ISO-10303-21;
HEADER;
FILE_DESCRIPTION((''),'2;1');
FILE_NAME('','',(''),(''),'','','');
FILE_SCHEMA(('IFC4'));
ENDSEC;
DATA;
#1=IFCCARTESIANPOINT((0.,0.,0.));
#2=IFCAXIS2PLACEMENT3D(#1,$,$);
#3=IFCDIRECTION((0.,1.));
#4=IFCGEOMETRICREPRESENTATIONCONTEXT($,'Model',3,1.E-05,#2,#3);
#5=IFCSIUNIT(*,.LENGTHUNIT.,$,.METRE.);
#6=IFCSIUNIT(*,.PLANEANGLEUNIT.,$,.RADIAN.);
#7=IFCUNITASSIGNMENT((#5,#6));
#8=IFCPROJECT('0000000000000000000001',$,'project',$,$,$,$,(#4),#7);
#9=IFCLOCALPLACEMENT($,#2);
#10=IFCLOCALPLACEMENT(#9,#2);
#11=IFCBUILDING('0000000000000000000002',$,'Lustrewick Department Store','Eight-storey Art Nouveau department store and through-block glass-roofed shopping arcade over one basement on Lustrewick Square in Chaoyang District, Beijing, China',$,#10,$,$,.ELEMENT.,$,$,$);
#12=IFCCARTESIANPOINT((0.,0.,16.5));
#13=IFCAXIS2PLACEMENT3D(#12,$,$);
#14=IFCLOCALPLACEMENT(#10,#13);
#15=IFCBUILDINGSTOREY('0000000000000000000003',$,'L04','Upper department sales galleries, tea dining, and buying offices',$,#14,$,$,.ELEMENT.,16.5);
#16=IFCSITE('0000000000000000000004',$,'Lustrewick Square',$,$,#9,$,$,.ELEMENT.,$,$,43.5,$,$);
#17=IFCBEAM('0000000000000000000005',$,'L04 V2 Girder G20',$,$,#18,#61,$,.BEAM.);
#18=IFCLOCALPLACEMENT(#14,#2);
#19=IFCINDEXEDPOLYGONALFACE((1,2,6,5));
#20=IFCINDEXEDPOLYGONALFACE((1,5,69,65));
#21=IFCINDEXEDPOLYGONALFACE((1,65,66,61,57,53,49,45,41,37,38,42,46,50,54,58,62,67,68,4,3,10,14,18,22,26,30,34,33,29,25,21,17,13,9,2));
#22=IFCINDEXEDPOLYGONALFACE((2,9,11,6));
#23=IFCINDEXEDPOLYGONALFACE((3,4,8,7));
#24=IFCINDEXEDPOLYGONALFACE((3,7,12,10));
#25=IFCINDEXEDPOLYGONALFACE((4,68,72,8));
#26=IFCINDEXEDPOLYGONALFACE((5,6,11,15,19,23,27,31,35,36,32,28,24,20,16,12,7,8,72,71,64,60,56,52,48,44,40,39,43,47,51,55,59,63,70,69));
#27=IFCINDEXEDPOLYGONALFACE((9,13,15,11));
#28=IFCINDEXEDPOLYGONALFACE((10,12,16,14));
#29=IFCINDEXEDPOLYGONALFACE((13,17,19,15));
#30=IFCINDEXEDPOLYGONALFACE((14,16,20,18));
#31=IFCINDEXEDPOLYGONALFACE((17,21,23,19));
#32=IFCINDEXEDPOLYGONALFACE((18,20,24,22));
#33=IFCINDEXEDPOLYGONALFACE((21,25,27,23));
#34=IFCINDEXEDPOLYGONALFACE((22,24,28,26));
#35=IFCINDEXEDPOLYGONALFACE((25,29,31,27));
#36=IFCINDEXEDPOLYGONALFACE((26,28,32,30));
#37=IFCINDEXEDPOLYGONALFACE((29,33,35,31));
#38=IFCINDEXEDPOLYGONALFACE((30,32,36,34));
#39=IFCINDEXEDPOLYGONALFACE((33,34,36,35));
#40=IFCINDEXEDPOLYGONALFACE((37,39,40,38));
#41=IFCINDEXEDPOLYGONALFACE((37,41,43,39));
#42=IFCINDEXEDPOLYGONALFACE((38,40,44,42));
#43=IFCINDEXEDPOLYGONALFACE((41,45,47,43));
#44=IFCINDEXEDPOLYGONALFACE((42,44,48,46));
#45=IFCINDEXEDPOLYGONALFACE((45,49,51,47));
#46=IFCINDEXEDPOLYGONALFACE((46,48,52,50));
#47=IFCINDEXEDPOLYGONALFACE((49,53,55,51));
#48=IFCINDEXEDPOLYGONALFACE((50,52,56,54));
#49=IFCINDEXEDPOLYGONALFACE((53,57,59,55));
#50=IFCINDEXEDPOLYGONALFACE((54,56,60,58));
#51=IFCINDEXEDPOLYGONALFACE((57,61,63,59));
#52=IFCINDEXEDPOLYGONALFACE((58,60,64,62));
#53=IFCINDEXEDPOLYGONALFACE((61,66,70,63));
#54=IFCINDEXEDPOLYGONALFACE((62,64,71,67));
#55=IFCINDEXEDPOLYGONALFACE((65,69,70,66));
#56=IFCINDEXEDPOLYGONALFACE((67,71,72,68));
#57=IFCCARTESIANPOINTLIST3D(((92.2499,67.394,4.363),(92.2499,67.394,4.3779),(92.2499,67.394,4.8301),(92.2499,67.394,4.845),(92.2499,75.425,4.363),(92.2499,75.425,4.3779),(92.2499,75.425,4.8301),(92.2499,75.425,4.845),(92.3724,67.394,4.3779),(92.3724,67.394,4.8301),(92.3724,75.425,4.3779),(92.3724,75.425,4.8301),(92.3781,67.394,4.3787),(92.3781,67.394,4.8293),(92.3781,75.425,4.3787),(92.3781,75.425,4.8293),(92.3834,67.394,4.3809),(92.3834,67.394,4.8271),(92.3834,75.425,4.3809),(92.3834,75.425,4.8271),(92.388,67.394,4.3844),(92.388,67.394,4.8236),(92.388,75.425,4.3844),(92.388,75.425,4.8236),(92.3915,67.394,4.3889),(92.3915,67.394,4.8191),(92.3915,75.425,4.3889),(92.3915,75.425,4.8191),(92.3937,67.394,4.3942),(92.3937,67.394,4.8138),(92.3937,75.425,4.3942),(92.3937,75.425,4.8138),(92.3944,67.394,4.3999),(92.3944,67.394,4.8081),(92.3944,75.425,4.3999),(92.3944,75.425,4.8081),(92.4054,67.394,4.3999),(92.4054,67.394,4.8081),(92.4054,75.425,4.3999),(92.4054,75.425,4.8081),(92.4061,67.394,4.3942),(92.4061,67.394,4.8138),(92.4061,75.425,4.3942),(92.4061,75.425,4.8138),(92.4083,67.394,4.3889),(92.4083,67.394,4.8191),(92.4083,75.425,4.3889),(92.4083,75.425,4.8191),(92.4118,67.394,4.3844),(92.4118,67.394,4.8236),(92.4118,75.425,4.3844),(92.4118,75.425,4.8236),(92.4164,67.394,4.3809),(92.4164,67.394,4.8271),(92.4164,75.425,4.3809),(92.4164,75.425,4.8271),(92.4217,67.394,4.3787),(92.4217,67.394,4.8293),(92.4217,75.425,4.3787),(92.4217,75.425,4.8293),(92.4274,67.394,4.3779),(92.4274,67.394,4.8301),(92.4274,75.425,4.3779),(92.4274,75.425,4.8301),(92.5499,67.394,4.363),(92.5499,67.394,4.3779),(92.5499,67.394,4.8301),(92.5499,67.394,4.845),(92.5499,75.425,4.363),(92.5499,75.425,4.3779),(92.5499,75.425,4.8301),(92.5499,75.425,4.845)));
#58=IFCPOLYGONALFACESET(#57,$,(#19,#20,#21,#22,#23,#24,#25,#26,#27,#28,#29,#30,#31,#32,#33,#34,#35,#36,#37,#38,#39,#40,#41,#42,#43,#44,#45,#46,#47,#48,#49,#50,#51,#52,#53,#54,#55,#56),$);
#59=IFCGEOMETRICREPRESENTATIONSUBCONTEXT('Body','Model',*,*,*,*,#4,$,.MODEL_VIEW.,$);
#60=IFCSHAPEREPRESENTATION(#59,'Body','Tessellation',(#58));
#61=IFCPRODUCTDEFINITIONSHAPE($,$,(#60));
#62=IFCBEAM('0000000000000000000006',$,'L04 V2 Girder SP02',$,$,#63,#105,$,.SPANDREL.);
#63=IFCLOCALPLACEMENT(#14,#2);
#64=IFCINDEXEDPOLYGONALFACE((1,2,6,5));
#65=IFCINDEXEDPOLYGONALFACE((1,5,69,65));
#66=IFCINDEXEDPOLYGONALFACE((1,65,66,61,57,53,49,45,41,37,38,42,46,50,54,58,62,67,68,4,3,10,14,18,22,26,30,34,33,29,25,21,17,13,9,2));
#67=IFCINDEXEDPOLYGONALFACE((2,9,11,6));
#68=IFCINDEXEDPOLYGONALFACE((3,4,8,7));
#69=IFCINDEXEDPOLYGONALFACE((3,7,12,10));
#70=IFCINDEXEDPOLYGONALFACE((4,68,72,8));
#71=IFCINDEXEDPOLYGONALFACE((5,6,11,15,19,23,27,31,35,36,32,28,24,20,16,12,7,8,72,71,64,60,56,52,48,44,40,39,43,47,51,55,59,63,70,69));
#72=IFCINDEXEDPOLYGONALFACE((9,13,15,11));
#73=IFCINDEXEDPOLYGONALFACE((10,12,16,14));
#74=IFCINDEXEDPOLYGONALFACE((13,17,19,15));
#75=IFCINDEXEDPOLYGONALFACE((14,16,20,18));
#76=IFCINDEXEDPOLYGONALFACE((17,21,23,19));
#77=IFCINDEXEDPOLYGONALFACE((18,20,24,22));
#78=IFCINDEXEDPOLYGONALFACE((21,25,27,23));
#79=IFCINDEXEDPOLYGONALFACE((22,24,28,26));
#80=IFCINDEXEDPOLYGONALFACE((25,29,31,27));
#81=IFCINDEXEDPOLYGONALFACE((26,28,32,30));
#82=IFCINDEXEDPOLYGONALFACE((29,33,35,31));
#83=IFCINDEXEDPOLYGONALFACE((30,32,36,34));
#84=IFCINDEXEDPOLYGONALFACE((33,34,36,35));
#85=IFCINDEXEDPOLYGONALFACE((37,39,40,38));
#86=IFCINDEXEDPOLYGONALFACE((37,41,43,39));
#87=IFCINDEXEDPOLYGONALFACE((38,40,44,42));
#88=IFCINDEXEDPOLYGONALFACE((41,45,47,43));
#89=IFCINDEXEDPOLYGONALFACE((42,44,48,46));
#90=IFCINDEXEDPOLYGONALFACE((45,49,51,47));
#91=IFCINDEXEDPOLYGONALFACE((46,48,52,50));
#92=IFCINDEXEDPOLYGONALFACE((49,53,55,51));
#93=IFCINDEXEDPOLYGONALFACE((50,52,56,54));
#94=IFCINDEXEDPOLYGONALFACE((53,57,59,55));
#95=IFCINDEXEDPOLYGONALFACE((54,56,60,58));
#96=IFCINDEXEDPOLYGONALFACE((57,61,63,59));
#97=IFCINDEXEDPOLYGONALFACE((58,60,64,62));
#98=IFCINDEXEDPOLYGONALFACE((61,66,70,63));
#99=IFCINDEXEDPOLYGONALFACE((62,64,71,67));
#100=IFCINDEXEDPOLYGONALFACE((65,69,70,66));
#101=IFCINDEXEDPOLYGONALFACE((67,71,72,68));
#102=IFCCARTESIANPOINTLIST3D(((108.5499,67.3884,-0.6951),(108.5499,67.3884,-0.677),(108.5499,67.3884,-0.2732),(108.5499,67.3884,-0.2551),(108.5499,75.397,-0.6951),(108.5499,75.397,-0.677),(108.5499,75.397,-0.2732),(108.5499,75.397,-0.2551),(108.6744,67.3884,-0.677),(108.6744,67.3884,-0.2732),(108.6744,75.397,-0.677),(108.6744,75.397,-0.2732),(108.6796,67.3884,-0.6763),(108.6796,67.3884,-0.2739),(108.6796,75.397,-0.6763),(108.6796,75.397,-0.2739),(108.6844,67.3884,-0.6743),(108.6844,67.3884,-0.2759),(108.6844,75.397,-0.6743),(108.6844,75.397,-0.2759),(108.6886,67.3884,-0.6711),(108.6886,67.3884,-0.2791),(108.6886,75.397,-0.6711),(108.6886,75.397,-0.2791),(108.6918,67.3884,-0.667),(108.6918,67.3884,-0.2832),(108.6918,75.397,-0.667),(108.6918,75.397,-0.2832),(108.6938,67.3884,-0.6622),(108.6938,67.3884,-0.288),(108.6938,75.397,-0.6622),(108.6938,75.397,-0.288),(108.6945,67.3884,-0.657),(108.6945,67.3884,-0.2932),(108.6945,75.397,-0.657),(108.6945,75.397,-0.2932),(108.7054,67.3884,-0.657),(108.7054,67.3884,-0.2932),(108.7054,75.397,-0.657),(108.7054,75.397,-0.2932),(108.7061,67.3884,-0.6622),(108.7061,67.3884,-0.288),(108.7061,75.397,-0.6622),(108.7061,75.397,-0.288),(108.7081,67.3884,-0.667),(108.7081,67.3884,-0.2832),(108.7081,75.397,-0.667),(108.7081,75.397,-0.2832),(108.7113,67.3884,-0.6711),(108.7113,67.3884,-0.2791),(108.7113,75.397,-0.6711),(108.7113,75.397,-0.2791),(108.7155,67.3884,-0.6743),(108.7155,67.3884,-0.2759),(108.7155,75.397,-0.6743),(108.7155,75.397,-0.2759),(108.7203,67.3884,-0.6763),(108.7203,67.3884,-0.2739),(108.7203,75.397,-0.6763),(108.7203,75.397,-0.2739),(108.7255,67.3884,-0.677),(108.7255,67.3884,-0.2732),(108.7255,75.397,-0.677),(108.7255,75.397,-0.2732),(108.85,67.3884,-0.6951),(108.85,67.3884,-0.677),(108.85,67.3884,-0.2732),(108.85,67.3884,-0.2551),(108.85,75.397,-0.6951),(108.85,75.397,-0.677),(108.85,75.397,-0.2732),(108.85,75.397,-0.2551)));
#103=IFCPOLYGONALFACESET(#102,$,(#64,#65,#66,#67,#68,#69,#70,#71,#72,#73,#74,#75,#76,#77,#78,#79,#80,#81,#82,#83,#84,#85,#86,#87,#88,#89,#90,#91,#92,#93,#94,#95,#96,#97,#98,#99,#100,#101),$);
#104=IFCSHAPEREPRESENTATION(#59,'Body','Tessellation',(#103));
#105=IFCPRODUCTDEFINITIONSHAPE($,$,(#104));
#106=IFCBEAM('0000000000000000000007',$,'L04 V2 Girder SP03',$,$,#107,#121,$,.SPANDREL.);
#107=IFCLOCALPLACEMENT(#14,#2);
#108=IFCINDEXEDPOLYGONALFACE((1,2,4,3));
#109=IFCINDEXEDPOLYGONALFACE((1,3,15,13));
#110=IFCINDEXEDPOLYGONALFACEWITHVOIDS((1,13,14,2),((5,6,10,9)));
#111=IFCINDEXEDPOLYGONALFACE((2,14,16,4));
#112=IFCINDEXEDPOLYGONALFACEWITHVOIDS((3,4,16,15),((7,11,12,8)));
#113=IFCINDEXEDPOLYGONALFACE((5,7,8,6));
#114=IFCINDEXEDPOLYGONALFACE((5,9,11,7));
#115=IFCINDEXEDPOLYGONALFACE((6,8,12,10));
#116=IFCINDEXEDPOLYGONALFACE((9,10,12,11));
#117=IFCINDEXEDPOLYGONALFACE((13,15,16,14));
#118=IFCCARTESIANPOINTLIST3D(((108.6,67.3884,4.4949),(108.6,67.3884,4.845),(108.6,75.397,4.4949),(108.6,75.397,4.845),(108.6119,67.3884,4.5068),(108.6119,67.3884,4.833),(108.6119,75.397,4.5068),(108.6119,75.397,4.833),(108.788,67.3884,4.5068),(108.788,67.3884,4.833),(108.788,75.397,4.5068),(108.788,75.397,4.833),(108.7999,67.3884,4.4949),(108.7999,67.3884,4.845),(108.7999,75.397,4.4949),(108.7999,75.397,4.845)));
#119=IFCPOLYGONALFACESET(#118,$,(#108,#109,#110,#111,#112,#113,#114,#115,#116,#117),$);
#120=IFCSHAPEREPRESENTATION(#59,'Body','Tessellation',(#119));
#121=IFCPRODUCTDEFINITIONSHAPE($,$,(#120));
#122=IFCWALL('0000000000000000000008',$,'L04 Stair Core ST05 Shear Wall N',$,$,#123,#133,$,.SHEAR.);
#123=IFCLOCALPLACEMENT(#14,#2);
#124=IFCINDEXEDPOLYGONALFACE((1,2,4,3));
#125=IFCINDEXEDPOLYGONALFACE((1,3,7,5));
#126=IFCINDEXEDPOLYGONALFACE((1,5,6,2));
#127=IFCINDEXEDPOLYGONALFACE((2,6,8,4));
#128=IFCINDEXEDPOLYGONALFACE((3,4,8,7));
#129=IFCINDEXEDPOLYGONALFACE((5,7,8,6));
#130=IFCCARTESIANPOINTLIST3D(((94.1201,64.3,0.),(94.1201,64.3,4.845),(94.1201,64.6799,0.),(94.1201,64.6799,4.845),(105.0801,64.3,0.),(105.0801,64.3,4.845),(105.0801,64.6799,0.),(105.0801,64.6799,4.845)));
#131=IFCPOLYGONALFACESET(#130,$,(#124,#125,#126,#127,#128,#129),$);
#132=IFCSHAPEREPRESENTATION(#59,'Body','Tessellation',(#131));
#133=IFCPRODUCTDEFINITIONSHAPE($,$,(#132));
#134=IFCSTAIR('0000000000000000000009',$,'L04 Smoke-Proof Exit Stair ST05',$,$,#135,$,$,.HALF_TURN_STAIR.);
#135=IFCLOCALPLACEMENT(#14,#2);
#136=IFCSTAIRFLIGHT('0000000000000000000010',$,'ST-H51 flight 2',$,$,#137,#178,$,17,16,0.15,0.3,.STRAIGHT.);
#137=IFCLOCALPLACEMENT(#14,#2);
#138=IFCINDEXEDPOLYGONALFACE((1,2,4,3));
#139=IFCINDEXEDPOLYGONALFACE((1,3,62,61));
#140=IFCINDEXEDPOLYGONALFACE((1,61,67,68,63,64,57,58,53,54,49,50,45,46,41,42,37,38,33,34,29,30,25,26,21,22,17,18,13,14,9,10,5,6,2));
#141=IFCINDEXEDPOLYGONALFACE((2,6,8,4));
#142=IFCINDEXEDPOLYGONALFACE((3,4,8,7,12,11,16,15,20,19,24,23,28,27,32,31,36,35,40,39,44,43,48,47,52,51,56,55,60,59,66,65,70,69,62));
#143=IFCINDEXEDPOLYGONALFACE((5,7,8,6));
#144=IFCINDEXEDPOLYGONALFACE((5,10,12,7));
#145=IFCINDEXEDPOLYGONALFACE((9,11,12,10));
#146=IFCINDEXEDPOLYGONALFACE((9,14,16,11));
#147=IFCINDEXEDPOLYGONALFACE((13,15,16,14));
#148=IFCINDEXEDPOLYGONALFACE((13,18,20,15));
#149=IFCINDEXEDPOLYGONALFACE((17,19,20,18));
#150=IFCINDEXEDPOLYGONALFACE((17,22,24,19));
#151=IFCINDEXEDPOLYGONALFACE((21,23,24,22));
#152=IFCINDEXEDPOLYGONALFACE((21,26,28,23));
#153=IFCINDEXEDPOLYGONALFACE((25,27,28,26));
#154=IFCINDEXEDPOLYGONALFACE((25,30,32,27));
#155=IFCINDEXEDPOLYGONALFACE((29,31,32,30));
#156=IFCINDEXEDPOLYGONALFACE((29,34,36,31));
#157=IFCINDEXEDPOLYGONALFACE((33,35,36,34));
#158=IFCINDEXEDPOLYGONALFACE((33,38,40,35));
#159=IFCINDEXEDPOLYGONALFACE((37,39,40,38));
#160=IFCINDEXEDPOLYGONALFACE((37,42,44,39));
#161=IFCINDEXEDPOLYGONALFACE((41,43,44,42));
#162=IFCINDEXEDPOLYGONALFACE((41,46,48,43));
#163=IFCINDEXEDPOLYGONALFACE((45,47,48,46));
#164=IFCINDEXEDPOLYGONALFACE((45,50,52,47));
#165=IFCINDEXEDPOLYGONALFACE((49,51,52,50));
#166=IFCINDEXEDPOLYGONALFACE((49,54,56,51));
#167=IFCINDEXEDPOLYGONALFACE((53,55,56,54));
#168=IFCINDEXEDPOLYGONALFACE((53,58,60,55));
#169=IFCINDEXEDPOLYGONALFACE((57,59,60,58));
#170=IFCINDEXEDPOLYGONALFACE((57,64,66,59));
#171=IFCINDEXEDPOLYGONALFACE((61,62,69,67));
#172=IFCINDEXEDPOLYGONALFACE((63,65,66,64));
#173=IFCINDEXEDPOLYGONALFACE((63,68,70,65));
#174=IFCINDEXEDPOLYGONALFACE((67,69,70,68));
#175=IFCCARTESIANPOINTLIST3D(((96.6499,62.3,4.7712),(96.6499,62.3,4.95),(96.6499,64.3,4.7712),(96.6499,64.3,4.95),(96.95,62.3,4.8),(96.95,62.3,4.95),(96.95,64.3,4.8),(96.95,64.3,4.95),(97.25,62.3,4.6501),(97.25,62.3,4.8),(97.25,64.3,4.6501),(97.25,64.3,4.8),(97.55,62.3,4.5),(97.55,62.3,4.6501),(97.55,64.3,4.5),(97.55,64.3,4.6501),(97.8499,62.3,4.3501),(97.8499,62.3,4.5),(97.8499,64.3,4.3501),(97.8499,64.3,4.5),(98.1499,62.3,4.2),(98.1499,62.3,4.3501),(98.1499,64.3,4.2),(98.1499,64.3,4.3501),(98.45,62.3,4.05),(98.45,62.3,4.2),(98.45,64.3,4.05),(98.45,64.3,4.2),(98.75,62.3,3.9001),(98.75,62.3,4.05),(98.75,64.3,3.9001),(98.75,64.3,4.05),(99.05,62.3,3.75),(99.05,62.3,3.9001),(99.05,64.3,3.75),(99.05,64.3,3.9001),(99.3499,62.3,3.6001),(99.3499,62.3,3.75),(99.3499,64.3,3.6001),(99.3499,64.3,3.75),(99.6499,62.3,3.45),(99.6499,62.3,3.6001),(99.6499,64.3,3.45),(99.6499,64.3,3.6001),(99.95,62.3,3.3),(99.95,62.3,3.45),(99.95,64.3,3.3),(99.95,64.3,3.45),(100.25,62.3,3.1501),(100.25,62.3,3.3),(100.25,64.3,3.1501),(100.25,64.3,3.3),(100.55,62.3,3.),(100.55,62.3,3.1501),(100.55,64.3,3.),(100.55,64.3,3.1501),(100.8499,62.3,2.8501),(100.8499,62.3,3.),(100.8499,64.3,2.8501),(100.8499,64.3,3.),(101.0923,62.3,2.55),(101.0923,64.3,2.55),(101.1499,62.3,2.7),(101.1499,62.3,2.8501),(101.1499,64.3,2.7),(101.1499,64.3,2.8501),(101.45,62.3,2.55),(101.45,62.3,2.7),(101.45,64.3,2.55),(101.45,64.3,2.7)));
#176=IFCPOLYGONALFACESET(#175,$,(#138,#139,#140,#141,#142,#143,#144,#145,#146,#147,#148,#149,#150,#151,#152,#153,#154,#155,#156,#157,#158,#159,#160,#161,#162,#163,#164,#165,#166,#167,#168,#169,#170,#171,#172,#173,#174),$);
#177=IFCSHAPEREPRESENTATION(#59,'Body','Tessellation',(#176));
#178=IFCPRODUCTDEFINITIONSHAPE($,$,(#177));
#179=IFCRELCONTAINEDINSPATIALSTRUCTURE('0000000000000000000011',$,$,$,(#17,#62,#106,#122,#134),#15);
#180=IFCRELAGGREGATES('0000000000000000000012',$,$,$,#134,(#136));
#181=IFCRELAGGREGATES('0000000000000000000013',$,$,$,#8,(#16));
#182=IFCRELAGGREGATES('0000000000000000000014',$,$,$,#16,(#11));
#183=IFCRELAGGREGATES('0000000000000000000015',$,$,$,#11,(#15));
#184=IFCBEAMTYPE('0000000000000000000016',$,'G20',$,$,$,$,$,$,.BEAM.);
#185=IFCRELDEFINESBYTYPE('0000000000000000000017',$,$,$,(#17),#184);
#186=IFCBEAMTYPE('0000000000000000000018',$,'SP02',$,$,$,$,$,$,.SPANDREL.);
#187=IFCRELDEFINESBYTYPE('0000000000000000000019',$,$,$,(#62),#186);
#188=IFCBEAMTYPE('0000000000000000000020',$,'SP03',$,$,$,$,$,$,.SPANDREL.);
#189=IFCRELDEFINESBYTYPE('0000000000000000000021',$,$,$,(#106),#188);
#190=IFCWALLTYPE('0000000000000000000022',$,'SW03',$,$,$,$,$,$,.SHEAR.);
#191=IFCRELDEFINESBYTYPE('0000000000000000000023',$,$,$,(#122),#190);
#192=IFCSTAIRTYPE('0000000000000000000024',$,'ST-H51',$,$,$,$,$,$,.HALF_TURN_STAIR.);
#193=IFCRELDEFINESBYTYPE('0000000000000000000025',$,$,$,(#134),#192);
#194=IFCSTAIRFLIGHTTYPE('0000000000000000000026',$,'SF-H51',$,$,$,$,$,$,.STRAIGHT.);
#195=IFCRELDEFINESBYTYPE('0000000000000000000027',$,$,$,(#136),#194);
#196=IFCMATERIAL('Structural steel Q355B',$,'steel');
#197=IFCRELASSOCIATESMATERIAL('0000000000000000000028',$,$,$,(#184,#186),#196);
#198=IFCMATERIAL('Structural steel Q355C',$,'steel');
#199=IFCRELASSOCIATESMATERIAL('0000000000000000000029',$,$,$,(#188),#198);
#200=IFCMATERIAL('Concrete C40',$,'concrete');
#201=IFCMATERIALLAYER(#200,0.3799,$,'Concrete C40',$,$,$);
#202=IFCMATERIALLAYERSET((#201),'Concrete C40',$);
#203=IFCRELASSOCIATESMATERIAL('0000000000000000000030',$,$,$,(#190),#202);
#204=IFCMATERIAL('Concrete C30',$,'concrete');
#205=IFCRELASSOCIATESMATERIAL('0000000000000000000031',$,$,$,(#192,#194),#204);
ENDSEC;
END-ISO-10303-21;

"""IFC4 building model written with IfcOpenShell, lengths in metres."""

from ifc_helpers import new_model, si_unit, direction, frame, frame_2d, origin, origin_2d, place, context, subcontext, project, spatial, polyline, rectangle, hollow_rectangle, i_section, outline, extrude, material, layer, layer_set, material_profile, profile_set, type_object, element, aggregate, save


model = new_model("IFC4")

# Units and contexts
model_context = context("Model", 3, precision=1e-05, world=origin(), true_north=direction((0.0, 1.0)))
body_context = subcontext(model_context, "Body", "Model", "MODEL_VIEW")
ifc_project = project(units=[si_unit("LENGTHUNIT", "METRE"), si_unit("PLANEANGLEUNIT", "RADIAN")], contexts=[model_context])

# Site, building, storey
site_placement = place(None, origin())
site = spatial("IfcSite", under=ifc_project, at=site_placement, Name="Lustrewick Square", CompositionType="ELEMENT", RefElevation=43.5)
building_placement = place(site_placement, origin())
building = spatial("IfcBuilding", under=site, at=building_placement, Name="Lustrewick Department Store", Description="Eight-storey Art Nouveau department store and through-block glass-roofed shopping arcade over one basement on Lustrewick Square in Chaoyang District, Beijing, China", CompositionType="ELEMENT")
storey_placement = place(building_placement, frame((0.0, 0.0, 16.5)))
storey = spatial("IfcBuildingStorey", under=building, at=storey_placement, Name="L04", Description="Upper department sales galleries, tea dining, and buying offices", CompositionType="ELEMENT", Elevation=16.5)

# Shared definitions
ifc_material_1 = material(Name="Structural steel Q355B", Category="steel")

# Beams
ifc_material_2 = material(Name="Structural steel Q355C", Category="steel")
ifc_material_profile_1 = material_profile(ifc_material_1, i_section(OverallWidth=0.3, OverallDepth=0.4819, WebThickness=0.011, FlangeThickness=0.0149, FilletRadius=0.022, at=origin_2d()), Name="HM 482x300x11x15")
ifc_profile_set_1 = profile_set([ifc_material_profile_1], Name="Structural steel Q355B")
beam_type_1 = type_object("IfcBeamType", Name="G20", PredefinedType="BEAM", material=ifc_profile_set_1)
beam_1_placement = place(storey_placement, frame((92.3999, 67.394, 4.604), z_axis=(0.0, 1.0, 0.0), x_axis=(-1.0, 0.0, 0.0)))
element("IfcBeam", 1, at=beam_1_placement, inside=storey, type_object=beam_type_1, Name="L04 V2 Girder G20", PredefinedType="BEAM", context=body_context, shape_type="SweptSolid", body=[
    extrude(i_section(OverallWidth=0.3, OverallDepth=0.4819, WebThickness=0.011, FlangeThickness=0.0149, FilletRadius=0.022, at=origin_2d()), origin(), (0.0, 0.0, 1.0), 8.031),
])
ifc_material_profile_2 = material_profile(ifc_material_1, i_section(OverallWidth=0.3, OverallDepth=0.4399, WebThickness=0.011, FlangeThickness=0.0181, FilletRadius=0.02, at=origin_2d()), Name="HM 440x300x11x18")
ifc_profile_set_2 = profile_set([ifc_material_profile_2], Name="Structural steel Q355B")
beam_type_2 = type_object("IfcBeamType", Name="SP02", PredefinedType="SPANDREL", material=ifc_profile_set_2)
beam_2_placement = place(storey_placement, frame((108.7, 67.3884, -0.4751), z_axis=(0.0, 1.0, 0.0), x_axis=(-1.0, 0.0, 0.0)))
element("IfcBeam", 2, at=beam_2_placement, inside=storey, type_object=beam_type_2, Name="L04 V2 Girder SP02", PredefinedType="SPANDREL", context=body_context, shape_type="SweptSolid", body=[
    extrude(i_section(OverallWidth=0.3, OverallDepth=0.4399, WebThickness=0.011, FlangeThickness=0.0181, FilletRadius=0.02, at=origin_2d()), origin(), (0.0, 0.0, 1.0), 8.0085),
])
ifc_material_profile_3 = material_profile(ifc_material_2, hollow_rectangle(XDim=0.2, YDim=0.3501, WallThickness=0.012, at=origin_2d()), Name="RHS 350x200x12")
ifc_profile_set_3 = profile_set([ifc_material_profile_3], Name="Structural steel Q355C")
beam_type_3 = type_object("IfcBeamType", Name="SP03", PredefinedType="SPANDREL", material=ifc_profile_set_3)
beam_3_placement = place(storey_placement, frame((108.7, 67.3884, 4.6699), z_axis=(0.0, 1.0, 0.0), x_axis=(-1.0, 0.0, 0.0)))
element("IfcBeam", 3, at=beam_3_placement, inside=storey, type_object=beam_type_3, Name="L04 V2 Girder SP03", PredefinedType="SPANDREL", context=body_context, shape_type="SweptSolid", body=[
    extrude(hollow_rectangle(XDim=0.2, YDim=0.3501, WallThickness=0.012, at=origin_2d()), origin(), (0.0, 0.0, 1.0), 8.0085),
])

# Wall
ifc_material_3 = material(Name="Concrete C40", Category="concrete")
ifc_layer = layer(ifc_material_3, 0.3799, Name="Concrete C40")
ifc_layer_set = layer_set([ifc_layer], Name="Concrete C40")
wall_type = type_object("IfcWallType", Name="SW03", PredefinedType="SHEAR", material=ifc_layer_set)
wall_1_placement = place(storey_placement, frame((105.0801, 64.49, 0.0), z_axis=(0.0, 0.0, 1.0), x_axis=(-1.0, 0.0, 0.0)))
element("IfcWall", 4, at=wall_1_placement, inside=storey, type_object=wall_type, Name="L04 Stair Core ST05 Shear Wall N", PredefinedType="SHEAR", context=body_context, shape_type="SweptSolid", body=[
    extrude(rectangle(XDim=10.96, YDim=0.3799, at=frame_2d((5.48, 0.0))), origin(), (0.0, 0.0, 1.0), 4.845),
])

# Stair, stair flight
ifc_material_4 = material(Name="Concrete C30", Category="concrete")
stair_type = type_object("IfcStairType", Name="ST-H51", PredefinedType="HALF_TURN_STAIR", material=ifc_material_4)
stair_placement = place(storey_placement, origin())
stair = element("IfcStair", 5, at=stair_placement, inside=storey, type_object=stair_type, Name="L04 Smoke-Proof Exit Stair ST05", PredefinedType="HALF_TURN_STAIR")
stair_flight_type = type_object("IfcStairFlightType", Name="SF-H51", PredefinedType="STRAIGHT", material=ifc_material_4)
stair_flight_placement = place(storey_placement, frame((101.45, 63.3, 2.55), z_axis=(0.0, 0.0, 1.0), x_axis=(-1.0, 0.0, 0.0)))
stair_flight = element("IfcStairFlight", 6, at=stair_flight_placement, type_object=stair_flight_type, Name="ST-H51 flight 2", NumberOfRisers=17, NumberOfTreads=16, PredefinedType="STRAIGHT", RiserHeight=0.15, TreadLength=0.3, context=body_context, shape_type="SweptSolid", body=[
    extrude(outline(polyline([(0.0, 0.0), (0.0, 0.1499), (0.3, 0.1499), (0.3, 0.3), (0.6001, 0.3), (0.6001, 0.45), (0.8999, 0.45), (0.8999, 0.6001), (1.2, 0.6001), (1.2, 0.75), (1.5, 0.75), (1.5, 0.8999), (1.8, 0.8999), (1.8, 1.05), (2.1001, 1.05), (2.1001, 1.2), (2.3999, 1.2), (2.3999, 1.3501), (2.7, 1.3501), (2.7, 1.5), (3.0, 1.5), (3.0, 1.6499), (3.3, 1.6499), (3.3, 1.8), (3.6001, 1.8), (3.6001, 1.95), (3.8999, 1.95), (3.8999, 2.1001), (4.2, 2.1001), (4.2, 2.25), (4.5, 2.25), (4.5, 2.3999), (4.8, 2.3999), (4.8, 2.55), (4.8, 2.2212), (0.3577, 0.0), (0.0, 0.0)])), frame((0.0, 1.0, 0.0), z_axis=(0.0, -1.0, 0.0), x_axis=(1.0, 0.0, 0.0)), (0.0, 0.0, 1.0), 2.0),
])
aggregate(stair, [stair_flight])

save(model, "model.ifc")
